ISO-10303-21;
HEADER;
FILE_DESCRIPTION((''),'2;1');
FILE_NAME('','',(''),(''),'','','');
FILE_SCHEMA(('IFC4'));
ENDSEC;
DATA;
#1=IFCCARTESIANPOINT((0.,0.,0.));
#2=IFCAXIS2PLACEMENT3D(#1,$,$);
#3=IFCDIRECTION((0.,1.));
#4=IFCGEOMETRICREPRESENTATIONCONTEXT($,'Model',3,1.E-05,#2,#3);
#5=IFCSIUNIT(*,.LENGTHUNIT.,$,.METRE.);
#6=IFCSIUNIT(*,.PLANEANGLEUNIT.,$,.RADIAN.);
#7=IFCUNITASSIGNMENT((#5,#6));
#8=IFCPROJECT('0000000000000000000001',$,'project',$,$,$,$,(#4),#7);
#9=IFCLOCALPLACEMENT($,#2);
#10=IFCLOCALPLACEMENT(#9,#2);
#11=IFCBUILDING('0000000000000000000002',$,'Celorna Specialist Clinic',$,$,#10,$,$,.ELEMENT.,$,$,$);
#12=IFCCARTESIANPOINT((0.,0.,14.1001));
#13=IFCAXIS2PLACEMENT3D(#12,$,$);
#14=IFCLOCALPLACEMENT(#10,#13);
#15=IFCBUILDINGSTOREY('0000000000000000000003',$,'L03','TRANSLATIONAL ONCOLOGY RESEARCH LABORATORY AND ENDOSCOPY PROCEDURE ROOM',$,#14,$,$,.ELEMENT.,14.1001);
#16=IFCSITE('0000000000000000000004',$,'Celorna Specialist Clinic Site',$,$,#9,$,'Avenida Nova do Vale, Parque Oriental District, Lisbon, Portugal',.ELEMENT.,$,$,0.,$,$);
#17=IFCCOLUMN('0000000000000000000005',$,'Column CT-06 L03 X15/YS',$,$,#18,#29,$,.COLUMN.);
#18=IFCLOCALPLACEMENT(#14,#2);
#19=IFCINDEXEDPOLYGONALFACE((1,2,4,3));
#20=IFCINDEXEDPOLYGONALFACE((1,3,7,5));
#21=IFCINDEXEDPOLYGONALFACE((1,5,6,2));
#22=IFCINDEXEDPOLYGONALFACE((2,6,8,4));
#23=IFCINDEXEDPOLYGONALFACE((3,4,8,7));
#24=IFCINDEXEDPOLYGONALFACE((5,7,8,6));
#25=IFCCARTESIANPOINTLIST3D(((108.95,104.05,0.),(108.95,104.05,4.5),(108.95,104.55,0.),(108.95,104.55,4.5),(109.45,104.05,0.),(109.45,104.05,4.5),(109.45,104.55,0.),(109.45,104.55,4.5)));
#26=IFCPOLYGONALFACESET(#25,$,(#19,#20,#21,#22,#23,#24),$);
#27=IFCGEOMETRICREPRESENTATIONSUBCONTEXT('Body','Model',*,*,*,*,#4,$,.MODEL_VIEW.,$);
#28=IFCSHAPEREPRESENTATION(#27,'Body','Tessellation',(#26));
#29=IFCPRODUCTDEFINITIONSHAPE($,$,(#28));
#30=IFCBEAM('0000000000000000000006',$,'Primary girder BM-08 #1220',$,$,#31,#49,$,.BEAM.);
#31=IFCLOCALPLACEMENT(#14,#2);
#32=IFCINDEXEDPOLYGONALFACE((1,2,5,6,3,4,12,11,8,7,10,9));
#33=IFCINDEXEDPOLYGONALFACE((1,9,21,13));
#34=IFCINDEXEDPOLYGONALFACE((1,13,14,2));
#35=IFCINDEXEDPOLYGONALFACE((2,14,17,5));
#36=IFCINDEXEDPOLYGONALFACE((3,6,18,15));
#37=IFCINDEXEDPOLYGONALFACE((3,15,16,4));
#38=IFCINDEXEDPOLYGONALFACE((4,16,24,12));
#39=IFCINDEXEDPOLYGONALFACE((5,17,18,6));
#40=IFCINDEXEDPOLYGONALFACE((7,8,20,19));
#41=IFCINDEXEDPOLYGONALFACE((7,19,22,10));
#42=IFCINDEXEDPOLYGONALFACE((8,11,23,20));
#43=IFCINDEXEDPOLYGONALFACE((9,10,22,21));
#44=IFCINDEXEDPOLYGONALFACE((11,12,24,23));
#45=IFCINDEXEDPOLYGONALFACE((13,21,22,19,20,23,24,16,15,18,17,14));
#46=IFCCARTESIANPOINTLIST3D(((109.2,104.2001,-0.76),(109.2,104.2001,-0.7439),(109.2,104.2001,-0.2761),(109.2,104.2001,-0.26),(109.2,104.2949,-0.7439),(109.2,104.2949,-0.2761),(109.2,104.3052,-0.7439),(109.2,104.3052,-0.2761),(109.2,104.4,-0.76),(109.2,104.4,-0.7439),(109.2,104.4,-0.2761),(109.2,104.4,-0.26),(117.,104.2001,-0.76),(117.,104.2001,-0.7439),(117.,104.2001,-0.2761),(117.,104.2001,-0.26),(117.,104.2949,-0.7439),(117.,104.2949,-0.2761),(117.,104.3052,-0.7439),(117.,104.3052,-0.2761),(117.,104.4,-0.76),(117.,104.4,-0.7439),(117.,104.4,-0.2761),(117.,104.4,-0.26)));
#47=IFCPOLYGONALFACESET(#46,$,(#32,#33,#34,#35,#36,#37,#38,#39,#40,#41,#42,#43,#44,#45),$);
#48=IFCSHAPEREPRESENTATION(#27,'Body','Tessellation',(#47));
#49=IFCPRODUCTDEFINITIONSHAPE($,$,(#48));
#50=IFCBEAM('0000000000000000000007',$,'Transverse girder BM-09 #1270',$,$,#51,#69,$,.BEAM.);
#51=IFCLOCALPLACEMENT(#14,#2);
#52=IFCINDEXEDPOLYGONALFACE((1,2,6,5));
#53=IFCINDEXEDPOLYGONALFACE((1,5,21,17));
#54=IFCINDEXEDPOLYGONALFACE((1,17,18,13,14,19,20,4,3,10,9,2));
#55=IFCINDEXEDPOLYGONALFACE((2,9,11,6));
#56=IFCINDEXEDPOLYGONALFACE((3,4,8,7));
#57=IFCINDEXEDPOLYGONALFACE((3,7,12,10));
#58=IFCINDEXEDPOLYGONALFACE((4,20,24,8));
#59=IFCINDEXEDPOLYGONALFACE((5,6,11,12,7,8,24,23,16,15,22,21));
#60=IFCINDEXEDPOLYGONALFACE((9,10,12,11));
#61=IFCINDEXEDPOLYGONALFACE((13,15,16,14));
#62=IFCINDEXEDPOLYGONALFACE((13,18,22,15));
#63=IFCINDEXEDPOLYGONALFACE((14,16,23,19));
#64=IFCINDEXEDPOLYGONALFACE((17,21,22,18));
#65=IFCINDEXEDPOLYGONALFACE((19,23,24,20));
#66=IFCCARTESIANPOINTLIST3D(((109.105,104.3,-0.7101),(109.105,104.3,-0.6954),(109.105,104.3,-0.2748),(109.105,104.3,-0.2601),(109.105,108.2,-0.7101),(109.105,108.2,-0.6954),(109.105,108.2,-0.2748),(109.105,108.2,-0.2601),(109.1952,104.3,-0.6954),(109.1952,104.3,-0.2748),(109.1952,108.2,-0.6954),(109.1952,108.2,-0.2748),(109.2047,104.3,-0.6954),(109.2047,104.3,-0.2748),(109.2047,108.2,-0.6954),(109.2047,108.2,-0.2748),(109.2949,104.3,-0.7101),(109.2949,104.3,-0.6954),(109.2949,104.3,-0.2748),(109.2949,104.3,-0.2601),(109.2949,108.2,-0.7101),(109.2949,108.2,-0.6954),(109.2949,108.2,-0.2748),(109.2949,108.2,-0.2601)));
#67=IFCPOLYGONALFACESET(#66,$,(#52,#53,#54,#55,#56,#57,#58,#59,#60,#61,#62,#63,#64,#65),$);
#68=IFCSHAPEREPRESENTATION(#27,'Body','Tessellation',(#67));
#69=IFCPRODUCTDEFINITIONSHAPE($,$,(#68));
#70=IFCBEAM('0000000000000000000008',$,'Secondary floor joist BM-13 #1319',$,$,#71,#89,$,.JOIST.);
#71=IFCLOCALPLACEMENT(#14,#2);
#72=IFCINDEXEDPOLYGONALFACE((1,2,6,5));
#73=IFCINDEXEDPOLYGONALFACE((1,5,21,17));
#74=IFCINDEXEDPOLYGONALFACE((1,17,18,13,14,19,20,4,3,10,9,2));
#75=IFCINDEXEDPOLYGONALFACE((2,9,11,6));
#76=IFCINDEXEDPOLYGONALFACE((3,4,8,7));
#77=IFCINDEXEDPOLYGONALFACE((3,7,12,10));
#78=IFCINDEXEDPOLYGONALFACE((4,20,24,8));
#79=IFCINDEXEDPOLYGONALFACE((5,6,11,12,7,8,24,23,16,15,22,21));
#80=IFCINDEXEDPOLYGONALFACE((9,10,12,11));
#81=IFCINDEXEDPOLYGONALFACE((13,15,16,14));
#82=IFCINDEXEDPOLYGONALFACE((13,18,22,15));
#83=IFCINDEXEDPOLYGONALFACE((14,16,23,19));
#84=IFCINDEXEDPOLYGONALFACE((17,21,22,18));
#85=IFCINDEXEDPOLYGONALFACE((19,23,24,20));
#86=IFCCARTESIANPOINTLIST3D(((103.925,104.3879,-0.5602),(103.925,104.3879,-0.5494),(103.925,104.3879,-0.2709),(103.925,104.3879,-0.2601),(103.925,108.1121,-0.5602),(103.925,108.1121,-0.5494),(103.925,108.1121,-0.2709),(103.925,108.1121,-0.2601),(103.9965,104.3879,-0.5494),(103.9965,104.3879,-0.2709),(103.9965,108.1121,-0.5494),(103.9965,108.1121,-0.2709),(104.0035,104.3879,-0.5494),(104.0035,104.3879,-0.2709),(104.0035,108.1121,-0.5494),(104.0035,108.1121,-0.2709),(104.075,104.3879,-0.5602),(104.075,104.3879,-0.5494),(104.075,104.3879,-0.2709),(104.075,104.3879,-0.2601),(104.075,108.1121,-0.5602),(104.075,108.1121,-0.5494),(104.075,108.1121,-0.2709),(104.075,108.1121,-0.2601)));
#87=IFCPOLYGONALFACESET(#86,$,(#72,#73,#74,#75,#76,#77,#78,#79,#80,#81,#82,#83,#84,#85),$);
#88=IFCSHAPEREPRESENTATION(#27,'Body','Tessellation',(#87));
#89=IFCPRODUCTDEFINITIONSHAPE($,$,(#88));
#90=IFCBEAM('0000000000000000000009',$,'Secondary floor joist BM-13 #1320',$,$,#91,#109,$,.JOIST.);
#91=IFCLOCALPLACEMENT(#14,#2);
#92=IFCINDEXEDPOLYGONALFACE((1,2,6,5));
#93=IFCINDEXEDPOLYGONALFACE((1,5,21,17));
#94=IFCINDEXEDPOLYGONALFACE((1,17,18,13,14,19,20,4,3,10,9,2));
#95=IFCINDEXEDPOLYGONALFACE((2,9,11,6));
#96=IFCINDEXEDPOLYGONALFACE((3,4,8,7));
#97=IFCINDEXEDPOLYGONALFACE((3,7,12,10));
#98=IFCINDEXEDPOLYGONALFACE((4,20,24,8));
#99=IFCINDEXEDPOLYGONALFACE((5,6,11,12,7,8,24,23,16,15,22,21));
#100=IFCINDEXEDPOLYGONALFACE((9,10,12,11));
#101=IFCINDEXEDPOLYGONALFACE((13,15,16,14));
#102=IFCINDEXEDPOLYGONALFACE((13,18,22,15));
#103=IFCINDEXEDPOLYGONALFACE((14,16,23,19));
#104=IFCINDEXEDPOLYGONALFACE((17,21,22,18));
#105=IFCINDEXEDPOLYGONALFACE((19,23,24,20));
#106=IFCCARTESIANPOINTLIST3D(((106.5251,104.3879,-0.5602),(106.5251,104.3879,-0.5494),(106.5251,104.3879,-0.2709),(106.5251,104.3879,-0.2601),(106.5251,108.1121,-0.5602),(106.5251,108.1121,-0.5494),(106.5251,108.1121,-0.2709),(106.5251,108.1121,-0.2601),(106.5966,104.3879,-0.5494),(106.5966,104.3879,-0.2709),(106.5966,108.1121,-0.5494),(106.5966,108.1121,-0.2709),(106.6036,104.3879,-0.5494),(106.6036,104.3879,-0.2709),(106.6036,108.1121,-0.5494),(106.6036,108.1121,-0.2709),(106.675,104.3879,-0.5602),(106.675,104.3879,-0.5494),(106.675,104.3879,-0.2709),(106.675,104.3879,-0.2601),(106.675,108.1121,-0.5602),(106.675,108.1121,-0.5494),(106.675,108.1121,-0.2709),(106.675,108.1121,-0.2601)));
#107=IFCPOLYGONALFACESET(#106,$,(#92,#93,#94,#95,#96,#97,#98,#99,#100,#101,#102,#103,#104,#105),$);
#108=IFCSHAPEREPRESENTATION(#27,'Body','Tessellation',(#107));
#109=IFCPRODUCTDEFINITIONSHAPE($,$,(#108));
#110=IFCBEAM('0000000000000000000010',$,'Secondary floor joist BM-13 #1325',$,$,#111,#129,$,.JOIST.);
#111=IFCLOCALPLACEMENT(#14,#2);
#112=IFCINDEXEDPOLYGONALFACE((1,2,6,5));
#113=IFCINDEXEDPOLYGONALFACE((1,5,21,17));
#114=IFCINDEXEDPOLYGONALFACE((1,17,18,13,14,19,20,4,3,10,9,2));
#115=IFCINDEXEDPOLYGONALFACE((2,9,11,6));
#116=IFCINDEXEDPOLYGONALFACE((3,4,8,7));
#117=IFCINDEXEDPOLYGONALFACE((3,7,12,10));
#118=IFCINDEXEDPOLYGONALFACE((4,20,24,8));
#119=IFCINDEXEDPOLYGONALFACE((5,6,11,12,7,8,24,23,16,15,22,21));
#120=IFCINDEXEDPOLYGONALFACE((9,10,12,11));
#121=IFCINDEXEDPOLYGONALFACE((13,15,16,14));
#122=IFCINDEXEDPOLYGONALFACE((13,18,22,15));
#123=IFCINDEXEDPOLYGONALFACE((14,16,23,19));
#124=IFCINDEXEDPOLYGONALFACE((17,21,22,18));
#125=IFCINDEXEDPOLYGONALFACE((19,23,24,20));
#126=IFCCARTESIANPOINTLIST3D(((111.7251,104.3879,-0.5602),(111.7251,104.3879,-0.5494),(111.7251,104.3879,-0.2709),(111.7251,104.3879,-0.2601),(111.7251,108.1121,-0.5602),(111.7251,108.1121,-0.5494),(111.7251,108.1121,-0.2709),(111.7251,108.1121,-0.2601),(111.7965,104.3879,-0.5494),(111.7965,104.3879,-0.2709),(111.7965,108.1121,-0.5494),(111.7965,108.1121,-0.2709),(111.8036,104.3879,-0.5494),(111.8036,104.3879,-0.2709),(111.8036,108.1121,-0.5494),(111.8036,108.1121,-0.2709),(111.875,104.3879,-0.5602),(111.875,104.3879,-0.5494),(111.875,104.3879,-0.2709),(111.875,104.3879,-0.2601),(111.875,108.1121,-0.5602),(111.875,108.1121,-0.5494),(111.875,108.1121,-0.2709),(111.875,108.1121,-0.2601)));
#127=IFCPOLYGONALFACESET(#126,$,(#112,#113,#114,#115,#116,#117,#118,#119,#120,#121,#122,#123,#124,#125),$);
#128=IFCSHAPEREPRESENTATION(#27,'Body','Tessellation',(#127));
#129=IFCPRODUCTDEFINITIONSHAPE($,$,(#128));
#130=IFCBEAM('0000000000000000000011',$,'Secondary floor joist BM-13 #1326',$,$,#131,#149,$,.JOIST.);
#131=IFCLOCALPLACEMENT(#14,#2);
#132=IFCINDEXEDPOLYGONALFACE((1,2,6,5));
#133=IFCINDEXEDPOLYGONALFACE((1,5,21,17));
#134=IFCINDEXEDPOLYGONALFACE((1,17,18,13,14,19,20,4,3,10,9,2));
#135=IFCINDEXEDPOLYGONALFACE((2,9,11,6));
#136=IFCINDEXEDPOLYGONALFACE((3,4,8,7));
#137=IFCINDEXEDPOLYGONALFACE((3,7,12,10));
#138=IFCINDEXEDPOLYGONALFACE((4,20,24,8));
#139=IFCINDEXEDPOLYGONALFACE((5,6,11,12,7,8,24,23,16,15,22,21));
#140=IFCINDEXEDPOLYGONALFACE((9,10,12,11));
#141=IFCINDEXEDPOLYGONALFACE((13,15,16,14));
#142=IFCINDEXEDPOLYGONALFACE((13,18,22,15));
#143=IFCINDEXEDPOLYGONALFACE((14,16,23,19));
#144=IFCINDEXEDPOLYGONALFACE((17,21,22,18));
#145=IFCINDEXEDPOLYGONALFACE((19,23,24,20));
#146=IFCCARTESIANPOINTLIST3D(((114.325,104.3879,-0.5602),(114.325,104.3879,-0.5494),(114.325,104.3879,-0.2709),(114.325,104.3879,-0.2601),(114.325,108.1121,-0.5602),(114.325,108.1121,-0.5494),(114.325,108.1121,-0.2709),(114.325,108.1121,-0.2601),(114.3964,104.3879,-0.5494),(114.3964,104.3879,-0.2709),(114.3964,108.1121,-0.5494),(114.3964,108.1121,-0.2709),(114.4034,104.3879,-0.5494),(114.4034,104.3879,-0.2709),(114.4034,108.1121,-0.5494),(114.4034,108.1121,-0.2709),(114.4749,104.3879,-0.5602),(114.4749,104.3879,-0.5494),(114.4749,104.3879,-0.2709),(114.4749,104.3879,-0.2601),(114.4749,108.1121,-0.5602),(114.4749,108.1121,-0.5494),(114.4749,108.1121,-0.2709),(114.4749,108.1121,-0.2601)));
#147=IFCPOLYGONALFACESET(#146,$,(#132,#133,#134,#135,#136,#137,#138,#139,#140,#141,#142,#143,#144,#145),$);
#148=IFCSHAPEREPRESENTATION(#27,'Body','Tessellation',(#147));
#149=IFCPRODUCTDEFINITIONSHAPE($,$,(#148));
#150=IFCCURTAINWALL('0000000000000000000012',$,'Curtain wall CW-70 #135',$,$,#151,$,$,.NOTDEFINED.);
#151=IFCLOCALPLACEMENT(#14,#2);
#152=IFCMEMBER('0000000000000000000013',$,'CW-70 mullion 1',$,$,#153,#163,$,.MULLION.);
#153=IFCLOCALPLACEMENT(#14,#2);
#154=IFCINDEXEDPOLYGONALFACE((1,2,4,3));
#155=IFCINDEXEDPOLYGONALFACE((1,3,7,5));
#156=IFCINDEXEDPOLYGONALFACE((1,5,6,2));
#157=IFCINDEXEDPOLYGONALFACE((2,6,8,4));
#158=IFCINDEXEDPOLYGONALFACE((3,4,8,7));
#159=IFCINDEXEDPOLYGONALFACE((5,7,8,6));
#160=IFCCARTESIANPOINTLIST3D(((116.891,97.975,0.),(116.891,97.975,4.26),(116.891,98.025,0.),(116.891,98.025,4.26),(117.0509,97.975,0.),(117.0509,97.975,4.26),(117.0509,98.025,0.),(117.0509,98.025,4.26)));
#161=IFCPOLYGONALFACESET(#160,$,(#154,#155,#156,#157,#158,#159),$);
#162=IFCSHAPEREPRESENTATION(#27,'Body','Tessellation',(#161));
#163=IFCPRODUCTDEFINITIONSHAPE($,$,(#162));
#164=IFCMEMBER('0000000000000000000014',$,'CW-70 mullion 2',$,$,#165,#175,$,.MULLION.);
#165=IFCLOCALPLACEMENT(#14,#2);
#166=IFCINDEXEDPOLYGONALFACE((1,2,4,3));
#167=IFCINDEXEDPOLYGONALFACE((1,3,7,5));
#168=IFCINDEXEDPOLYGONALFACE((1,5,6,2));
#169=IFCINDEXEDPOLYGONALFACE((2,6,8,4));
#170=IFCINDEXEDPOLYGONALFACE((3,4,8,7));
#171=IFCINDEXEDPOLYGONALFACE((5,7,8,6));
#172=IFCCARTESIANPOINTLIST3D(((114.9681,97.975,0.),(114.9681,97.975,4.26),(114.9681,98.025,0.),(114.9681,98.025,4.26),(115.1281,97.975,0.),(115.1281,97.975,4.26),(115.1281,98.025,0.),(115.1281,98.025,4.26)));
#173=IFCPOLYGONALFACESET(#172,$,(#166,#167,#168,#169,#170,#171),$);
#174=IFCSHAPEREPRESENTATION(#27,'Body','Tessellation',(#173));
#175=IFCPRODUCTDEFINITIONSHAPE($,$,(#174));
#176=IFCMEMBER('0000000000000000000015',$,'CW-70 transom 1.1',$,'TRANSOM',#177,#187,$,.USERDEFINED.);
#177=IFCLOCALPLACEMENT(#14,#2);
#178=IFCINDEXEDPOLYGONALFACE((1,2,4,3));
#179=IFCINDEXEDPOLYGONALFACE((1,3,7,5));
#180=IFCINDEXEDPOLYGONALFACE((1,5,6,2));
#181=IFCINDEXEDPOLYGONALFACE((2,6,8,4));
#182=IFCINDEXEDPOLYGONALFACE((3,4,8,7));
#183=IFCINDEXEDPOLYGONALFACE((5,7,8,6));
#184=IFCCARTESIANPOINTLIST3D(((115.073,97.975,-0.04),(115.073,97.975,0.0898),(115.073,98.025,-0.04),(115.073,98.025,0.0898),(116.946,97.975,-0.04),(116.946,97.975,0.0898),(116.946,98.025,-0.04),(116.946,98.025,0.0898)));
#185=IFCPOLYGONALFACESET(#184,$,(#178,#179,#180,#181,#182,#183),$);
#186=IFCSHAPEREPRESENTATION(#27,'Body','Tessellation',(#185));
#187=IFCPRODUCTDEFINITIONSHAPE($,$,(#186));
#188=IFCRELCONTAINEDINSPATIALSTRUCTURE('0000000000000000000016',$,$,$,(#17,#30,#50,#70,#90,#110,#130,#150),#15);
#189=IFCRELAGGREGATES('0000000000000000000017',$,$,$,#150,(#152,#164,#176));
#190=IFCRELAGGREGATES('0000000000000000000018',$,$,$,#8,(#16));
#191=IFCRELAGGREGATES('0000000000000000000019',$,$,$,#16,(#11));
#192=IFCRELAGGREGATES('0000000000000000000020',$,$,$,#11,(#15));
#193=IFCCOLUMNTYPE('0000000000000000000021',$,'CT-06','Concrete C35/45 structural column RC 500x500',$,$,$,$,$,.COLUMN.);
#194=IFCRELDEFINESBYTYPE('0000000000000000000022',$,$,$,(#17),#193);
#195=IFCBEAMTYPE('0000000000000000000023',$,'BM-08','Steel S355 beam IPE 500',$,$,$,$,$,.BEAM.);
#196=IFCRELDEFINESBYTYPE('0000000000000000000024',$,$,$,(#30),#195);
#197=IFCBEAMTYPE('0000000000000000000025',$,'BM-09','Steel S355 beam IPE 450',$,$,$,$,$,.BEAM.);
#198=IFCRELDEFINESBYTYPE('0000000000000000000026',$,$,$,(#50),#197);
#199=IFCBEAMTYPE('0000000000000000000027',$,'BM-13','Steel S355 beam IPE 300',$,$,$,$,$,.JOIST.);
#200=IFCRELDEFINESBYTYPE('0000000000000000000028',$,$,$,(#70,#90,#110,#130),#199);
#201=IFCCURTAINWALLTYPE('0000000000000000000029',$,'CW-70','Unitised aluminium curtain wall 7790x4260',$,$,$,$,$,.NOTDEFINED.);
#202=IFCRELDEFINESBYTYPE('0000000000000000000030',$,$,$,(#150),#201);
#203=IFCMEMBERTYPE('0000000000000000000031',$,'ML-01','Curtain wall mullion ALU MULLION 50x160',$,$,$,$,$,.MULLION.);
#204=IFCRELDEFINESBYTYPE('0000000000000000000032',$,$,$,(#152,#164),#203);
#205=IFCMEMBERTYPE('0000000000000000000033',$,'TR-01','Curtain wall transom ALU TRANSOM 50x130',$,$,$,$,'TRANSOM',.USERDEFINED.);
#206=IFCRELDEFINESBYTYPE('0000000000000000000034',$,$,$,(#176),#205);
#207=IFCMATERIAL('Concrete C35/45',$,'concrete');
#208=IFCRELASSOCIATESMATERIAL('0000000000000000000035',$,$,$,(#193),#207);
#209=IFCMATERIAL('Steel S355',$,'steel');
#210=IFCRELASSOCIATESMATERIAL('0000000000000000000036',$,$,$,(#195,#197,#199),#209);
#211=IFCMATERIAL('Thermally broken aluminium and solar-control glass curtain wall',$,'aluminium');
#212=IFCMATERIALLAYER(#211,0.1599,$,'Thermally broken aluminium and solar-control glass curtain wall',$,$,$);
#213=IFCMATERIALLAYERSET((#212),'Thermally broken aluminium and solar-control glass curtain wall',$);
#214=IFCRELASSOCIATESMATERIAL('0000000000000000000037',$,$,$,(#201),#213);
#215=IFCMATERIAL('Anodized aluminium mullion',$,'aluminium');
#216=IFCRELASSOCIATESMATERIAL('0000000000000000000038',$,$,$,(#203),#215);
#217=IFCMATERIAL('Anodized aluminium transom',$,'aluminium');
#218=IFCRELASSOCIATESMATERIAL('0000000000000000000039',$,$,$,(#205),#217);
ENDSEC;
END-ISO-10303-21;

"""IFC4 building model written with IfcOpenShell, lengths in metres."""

from ifc_helpers import new_model, si_unit, direction, frame, origin, origin_2d, place, context, subcontext, project, spatial, rectangle, i_section, extrude, material, layer, layer_set, material_profile, profile_set, type_object, element, aggregate, save


model = new_model("IFC4")

# Units and contexts
model_context = context("Model", 3, precision=1e-05, world=origin(), true_north=direction((0.0, 1.0)))
body_context = subcontext(model_context, "Body", "Model", "MODEL_VIEW")
ifc_project = project(units=[si_unit("LENGTHUNIT", "METRE"), si_unit("PLANEANGLEUNIT", "RADIAN")], contexts=[model_context])

# Site, building, storey
site_placement = place(None, origin())
site = spatial("IfcSite", under=ifc_project, at=site_placement, Name="Celorna Specialist Clinic Site", LongName="Avenida Nova do Vale, Parque Oriental District, Lisbon, Portugal", CompositionType="ELEMENT", RefElevation=0.0)
building_placement = place(site_placement, origin())
building = spatial("IfcBuilding", under=site, at=building_placement, Name="Celorna Specialist Clinic", CompositionType="ELEMENT")
storey_placement = place(building_placement, frame((0.0, 0.0, 14.1001)))
storey = spatial("IfcBuildingStorey", under=building, at=storey_placement, Name="L03", Description="TRANSLATIONAL ONCOLOGY RESEARCH LABORATORY AND ENDOSCOPY PROCEDURE ROOM", CompositionType="ELEMENT", Elevation=14.1001)

# Column
ifc_material_1 = material(Name="Concrete C35/45", Category="concrete")
ifc_material_profile_1 = material_profile(ifc_material_1, rectangle(XDim=0.5, YDim=0.5, at=origin_2d()), Name="RC 500x500")
ifc_profile_set_1 = profile_set([ifc_material_profile_1], Name="Concrete C35/45")
column_type = type_object("IfcColumnType", Name="CT-06", Description="Concrete C35/45 structural column RC 500x500", PredefinedType="COLUMN", material=ifc_profile_set_1)
column_placement = place(storey_placement, frame((109.2, 104.3, 0.0), z_axis=(0.0, 0.0, 1.0), x_axis=(1.0, 0.0, 0.0)))
element("IfcColumn", 1, at=column_placement, inside=storey, type_object=column_type, Name="Column CT-06 L03 X15/YS", PredefinedType="COLUMN", context=body_context, shape_type="SweptSolid", body=[
    extrude(rectangle(XDim=0.5, YDim=0.5, at=origin_2d()), origin(), (0.0, 0.0, 1.0), 4.5),
])

# Beams
ifc_material_2 = material(Name="Steel S355", Category="steel")
ifc_material_profile_2 = material_profile(ifc_material_2, i_section(OverallWidth=0.2, OverallDepth=0.5, WebThickness=0.0103, FlangeThickness=0.0161, at=origin_2d()), Name="IPE 500")
ifc_profile_set_2 = profile_set([ifc_material_profile_2], Name="Steel S355")
beam_type_1 = type_object("IfcBeamType", Name="BM-08", Description="Steel S355 beam IPE 500", PredefinedType="BEAM", material=ifc_profile_set_2)
beam_1_placement = place(storey_placement, frame((109.2, 104.3, -0.51), z_axis=(1.0, 0.0, 0.0), x_axis=(0.0, 1.0, 0.0)))
element("IfcBeam", 2, at=beam_1_placement, inside=storey, type_object=beam_type_1, Name="Primary girder BM-08 #1220", PredefinedType="BEAM", context=body_context, shape_type="SweptSolid", body=[
    extrude(i_section(OverallWidth=0.2, OverallDepth=0.5, WebThickness=0.0103, FlangeThickness=0.0161, at=origin_2d()), origin(), (0.0, 0.0, 1.0), 7.8),
])
ifc_material_profile_3 = material_profile(ifc_material_2, i_section(OverallWidth=0.1899, OverallDepth=0.45, WebThickness=0.0095, FlangeThickness=0.0146, at=origin_2d()), Name="IPE 450")
ifc_profile_set_3 = profile_set([ifc_material_profile_3], Name="Steel S355")
beam_type_2 = type_object("IfcBeamType", Name="BM-09", Description="Steel S355 beam IPE 450", PredefinedType="BEAM", material=ifc_profile_set_3)
beam_2_placement = place(storey_placement, frame((109.2, 104.3, -0.4851), z_axis=(0.0, 1.0, 0.0), x_axis=(-1.0, 0.0, 0.0)))
element("IfcBeam", 3, at=beam_2_placement, inside=storey, type_object=beam_type_2, Name="Transverse girder BM-09 #1270", PredefinedType="BEAM", context=body_context, shape_type="SweptSolid", body=[
    extrude(i_section(OverallWidth=0.1899, OverallDepth=0.45, WebThickness=0.0095, FlangeThickness=0.0146, at=origin_2d()), origin(), (0.0, 0.0, 1.0), 3.8999),
])
ifc_material_profile_4 = material_profile(ifc_material_2, i_section(OverallWidth=0.1499, OverallDepth=0.3, WebThickness=0.0071, FlangeThickness=0.0107, at=origin_2d()), Name="IPE 300")
ifc_profile_set_4 = profile_set([ifc_material_profile_4], Name="Steel S355")
beam_type_3 = type_object("IfcBeamType", Name="BM-13", Description="Steel S355 beam IPE 300", PredefinedType="JOIST", material=ifc_profile_set_4)
for number, where, z_axis, x_axis, name in (
    (4, (104.0, 104.3879, -0.4102), (0.0, 1.0, 0.0), (-1.0, 0.0, 0.0), "Secondary floor joist BM-13 #1319"),
    (5, (106.6001, 104.3879, -0.4102), (0.0, 1.0, 0.0), (-1.0, 0.0, 0.0), "Secondary floor joist BM-13 #1320"),
    (6, (111.8, 104.3879, -0.4102), (0.0, 1.0, 0.0), (-1.0, 0.0, 0.0), "Secondary floor joist BM-13 #1325"),
    (7, (114.3999, 104.3879, -0.4102), (0.0, 1.0, 0.0), (-1.0, 0.0, 0.0), "Secondary floor joist BM-13 #1326"),
):
    element("IfcBeam", number, at=place(storey_placement, frame(where, z_axis=z_axis, x_axis=x_axis)), inside=storey, type_object=beam_type_3, Name=name, PredefinedType="JOIST", context=body_context, shape_type="SweptSolid", body=[
        extrude(i_section(OverallWidth=0.1499, OverallDepth=0.3, WebThickness=0.0071, FlangeThickness=0.0107, at=origin_2d()), origin(), (0.0, 0.0, 1.0), 3.7241),
    ])

# Curtain wall, members
ifc_material_3 = material(Name="Thermally broken aluminium and solar-control glass curtain wall", Category="aluminium")
ifc_layer_1 = layer(ifc_material_3, 0.1599, Name="Thermally broken aluminium and solar-control glass curtain wall")
ifc_layer_set_1 = layer_set([ifc_layer_1], Name="Thermally broken aluminium and solar-control glass curtain wall")
curtain_wall_type = type_object("IfcCurtainWallType", Name="CW-70", Description="Unitised aluminium curtain wall 7790x4260", PredefinedType="NOTDEFINED", material=ifc_layer_set_1)
curtain_wall_placement = place(storey_placement, origin())
curtain_wall = element("IfcCurtainWall", 8, at=curtain_wall_placement, inside=storey, type_object=curtain_wall_type, Name="Curtain wall CW-70 #135", PredefinedType="NOTDEFINED")
ifc_material_4 = material(Name="Anodized aluminium mullion", Category="aluminium")
ifc_material_profile_5 = material_profile(ifc_material_4, rectangle(XDim=0.05, YDim=0.1599, at=origin_2d()), Name="ALU MULLION 50x160")
ifc_profile_set_5 = profile_set([ifc_material_profile_5], Name="Anodized aluminium mullion")
member_type_1 = type_object("IfcMemberType", Name="ML-01", Description="Curtain wall mullion ALU MULLION 50x160", PredefinedType="MULLION", material=ifc_profile_set_5)
member_1_placement = place(storey_placement, frame((116.9709, 98.0, 0.0), z_axis=(0.0, 0.0, 1.0), x_axis=(0.0, -1.0, 0.0)))
member_1 = element("IfcMember", 9, at=member_1_placement, type_object=member_type_1, Name="CW-70 mullion 1", PredefinedType="MULLION", context=body_context, shape_type="SweptSolid", body=[
    extrude(rectangle(XDim=0.05, YDim=0.1599, at=origin_2d()), origin(), (0.0, 0.0, 1.0), 4.26),
])
member_2_placement = place(storey_placement, frame((115.0481, 98.0, 0.0), z_axis=(0.0, 0.0, 1.0), x_axis=(0.0, -1.0, 0.0)))
member_2 = element("IfcMember", 10, at=member_2_placement, type_object=member_type_1, Name="CW-70 mullion 2", PredefinedType="MULLION", context=body_context, shape_type="SweptSolid", body=[
    extrude(rectangle(XDim=0.05, YDim=0.1599, at=origin_2d()), origin(), (0.0, 0.0, 1.0), 4.26),
])
ifc_material_5 = material(Name="Anodized aluminium transom", Category="aluminium")
ifc_material_profile_6 = material_profile(ifc_material_5, rectangle(XDim=0.05, YDim=0.1299, at=origin_2d()), Name="ALU TRANSOM 50x130")
ifc_profile_set_6 = profile_set([ifc_material_profile_6], Name="Anodized aluminium transom")
member_type_2 = type_object("IfcMemberType", Name="TR-01", Description="Curtain wall transom ALU TRANSOM 50x130", ElementType="TRANSOM", PredefinedType="USERDEFINED", material=ifc_profile_set_6)
member_3_placement = place(storey_placement, frame((116.946, 98.0, 0.0249), z_axis=(-1.0, 0.0, 0.0), x_axis=(0.0, -1.0, 0.0)))
member_3 = element("IfcMember", 11, at=member_3_placement, type_object=member_type_2, Name="CW-70 transom 1.1", ObjectType="TRANSOM", PredefinedType="USERDEFINED", context=body_context, shape_type="SweptSolid", body=[
    extrude(rectangle(XDim=0.05, YDim=0.1299, at=origin_2d()), origin(), (0.0, 0.0, 1.0), 1.873),
])
aggregate(curtain_wall, [member_1, member_2, member_3])

save(model, "model.ifc")
